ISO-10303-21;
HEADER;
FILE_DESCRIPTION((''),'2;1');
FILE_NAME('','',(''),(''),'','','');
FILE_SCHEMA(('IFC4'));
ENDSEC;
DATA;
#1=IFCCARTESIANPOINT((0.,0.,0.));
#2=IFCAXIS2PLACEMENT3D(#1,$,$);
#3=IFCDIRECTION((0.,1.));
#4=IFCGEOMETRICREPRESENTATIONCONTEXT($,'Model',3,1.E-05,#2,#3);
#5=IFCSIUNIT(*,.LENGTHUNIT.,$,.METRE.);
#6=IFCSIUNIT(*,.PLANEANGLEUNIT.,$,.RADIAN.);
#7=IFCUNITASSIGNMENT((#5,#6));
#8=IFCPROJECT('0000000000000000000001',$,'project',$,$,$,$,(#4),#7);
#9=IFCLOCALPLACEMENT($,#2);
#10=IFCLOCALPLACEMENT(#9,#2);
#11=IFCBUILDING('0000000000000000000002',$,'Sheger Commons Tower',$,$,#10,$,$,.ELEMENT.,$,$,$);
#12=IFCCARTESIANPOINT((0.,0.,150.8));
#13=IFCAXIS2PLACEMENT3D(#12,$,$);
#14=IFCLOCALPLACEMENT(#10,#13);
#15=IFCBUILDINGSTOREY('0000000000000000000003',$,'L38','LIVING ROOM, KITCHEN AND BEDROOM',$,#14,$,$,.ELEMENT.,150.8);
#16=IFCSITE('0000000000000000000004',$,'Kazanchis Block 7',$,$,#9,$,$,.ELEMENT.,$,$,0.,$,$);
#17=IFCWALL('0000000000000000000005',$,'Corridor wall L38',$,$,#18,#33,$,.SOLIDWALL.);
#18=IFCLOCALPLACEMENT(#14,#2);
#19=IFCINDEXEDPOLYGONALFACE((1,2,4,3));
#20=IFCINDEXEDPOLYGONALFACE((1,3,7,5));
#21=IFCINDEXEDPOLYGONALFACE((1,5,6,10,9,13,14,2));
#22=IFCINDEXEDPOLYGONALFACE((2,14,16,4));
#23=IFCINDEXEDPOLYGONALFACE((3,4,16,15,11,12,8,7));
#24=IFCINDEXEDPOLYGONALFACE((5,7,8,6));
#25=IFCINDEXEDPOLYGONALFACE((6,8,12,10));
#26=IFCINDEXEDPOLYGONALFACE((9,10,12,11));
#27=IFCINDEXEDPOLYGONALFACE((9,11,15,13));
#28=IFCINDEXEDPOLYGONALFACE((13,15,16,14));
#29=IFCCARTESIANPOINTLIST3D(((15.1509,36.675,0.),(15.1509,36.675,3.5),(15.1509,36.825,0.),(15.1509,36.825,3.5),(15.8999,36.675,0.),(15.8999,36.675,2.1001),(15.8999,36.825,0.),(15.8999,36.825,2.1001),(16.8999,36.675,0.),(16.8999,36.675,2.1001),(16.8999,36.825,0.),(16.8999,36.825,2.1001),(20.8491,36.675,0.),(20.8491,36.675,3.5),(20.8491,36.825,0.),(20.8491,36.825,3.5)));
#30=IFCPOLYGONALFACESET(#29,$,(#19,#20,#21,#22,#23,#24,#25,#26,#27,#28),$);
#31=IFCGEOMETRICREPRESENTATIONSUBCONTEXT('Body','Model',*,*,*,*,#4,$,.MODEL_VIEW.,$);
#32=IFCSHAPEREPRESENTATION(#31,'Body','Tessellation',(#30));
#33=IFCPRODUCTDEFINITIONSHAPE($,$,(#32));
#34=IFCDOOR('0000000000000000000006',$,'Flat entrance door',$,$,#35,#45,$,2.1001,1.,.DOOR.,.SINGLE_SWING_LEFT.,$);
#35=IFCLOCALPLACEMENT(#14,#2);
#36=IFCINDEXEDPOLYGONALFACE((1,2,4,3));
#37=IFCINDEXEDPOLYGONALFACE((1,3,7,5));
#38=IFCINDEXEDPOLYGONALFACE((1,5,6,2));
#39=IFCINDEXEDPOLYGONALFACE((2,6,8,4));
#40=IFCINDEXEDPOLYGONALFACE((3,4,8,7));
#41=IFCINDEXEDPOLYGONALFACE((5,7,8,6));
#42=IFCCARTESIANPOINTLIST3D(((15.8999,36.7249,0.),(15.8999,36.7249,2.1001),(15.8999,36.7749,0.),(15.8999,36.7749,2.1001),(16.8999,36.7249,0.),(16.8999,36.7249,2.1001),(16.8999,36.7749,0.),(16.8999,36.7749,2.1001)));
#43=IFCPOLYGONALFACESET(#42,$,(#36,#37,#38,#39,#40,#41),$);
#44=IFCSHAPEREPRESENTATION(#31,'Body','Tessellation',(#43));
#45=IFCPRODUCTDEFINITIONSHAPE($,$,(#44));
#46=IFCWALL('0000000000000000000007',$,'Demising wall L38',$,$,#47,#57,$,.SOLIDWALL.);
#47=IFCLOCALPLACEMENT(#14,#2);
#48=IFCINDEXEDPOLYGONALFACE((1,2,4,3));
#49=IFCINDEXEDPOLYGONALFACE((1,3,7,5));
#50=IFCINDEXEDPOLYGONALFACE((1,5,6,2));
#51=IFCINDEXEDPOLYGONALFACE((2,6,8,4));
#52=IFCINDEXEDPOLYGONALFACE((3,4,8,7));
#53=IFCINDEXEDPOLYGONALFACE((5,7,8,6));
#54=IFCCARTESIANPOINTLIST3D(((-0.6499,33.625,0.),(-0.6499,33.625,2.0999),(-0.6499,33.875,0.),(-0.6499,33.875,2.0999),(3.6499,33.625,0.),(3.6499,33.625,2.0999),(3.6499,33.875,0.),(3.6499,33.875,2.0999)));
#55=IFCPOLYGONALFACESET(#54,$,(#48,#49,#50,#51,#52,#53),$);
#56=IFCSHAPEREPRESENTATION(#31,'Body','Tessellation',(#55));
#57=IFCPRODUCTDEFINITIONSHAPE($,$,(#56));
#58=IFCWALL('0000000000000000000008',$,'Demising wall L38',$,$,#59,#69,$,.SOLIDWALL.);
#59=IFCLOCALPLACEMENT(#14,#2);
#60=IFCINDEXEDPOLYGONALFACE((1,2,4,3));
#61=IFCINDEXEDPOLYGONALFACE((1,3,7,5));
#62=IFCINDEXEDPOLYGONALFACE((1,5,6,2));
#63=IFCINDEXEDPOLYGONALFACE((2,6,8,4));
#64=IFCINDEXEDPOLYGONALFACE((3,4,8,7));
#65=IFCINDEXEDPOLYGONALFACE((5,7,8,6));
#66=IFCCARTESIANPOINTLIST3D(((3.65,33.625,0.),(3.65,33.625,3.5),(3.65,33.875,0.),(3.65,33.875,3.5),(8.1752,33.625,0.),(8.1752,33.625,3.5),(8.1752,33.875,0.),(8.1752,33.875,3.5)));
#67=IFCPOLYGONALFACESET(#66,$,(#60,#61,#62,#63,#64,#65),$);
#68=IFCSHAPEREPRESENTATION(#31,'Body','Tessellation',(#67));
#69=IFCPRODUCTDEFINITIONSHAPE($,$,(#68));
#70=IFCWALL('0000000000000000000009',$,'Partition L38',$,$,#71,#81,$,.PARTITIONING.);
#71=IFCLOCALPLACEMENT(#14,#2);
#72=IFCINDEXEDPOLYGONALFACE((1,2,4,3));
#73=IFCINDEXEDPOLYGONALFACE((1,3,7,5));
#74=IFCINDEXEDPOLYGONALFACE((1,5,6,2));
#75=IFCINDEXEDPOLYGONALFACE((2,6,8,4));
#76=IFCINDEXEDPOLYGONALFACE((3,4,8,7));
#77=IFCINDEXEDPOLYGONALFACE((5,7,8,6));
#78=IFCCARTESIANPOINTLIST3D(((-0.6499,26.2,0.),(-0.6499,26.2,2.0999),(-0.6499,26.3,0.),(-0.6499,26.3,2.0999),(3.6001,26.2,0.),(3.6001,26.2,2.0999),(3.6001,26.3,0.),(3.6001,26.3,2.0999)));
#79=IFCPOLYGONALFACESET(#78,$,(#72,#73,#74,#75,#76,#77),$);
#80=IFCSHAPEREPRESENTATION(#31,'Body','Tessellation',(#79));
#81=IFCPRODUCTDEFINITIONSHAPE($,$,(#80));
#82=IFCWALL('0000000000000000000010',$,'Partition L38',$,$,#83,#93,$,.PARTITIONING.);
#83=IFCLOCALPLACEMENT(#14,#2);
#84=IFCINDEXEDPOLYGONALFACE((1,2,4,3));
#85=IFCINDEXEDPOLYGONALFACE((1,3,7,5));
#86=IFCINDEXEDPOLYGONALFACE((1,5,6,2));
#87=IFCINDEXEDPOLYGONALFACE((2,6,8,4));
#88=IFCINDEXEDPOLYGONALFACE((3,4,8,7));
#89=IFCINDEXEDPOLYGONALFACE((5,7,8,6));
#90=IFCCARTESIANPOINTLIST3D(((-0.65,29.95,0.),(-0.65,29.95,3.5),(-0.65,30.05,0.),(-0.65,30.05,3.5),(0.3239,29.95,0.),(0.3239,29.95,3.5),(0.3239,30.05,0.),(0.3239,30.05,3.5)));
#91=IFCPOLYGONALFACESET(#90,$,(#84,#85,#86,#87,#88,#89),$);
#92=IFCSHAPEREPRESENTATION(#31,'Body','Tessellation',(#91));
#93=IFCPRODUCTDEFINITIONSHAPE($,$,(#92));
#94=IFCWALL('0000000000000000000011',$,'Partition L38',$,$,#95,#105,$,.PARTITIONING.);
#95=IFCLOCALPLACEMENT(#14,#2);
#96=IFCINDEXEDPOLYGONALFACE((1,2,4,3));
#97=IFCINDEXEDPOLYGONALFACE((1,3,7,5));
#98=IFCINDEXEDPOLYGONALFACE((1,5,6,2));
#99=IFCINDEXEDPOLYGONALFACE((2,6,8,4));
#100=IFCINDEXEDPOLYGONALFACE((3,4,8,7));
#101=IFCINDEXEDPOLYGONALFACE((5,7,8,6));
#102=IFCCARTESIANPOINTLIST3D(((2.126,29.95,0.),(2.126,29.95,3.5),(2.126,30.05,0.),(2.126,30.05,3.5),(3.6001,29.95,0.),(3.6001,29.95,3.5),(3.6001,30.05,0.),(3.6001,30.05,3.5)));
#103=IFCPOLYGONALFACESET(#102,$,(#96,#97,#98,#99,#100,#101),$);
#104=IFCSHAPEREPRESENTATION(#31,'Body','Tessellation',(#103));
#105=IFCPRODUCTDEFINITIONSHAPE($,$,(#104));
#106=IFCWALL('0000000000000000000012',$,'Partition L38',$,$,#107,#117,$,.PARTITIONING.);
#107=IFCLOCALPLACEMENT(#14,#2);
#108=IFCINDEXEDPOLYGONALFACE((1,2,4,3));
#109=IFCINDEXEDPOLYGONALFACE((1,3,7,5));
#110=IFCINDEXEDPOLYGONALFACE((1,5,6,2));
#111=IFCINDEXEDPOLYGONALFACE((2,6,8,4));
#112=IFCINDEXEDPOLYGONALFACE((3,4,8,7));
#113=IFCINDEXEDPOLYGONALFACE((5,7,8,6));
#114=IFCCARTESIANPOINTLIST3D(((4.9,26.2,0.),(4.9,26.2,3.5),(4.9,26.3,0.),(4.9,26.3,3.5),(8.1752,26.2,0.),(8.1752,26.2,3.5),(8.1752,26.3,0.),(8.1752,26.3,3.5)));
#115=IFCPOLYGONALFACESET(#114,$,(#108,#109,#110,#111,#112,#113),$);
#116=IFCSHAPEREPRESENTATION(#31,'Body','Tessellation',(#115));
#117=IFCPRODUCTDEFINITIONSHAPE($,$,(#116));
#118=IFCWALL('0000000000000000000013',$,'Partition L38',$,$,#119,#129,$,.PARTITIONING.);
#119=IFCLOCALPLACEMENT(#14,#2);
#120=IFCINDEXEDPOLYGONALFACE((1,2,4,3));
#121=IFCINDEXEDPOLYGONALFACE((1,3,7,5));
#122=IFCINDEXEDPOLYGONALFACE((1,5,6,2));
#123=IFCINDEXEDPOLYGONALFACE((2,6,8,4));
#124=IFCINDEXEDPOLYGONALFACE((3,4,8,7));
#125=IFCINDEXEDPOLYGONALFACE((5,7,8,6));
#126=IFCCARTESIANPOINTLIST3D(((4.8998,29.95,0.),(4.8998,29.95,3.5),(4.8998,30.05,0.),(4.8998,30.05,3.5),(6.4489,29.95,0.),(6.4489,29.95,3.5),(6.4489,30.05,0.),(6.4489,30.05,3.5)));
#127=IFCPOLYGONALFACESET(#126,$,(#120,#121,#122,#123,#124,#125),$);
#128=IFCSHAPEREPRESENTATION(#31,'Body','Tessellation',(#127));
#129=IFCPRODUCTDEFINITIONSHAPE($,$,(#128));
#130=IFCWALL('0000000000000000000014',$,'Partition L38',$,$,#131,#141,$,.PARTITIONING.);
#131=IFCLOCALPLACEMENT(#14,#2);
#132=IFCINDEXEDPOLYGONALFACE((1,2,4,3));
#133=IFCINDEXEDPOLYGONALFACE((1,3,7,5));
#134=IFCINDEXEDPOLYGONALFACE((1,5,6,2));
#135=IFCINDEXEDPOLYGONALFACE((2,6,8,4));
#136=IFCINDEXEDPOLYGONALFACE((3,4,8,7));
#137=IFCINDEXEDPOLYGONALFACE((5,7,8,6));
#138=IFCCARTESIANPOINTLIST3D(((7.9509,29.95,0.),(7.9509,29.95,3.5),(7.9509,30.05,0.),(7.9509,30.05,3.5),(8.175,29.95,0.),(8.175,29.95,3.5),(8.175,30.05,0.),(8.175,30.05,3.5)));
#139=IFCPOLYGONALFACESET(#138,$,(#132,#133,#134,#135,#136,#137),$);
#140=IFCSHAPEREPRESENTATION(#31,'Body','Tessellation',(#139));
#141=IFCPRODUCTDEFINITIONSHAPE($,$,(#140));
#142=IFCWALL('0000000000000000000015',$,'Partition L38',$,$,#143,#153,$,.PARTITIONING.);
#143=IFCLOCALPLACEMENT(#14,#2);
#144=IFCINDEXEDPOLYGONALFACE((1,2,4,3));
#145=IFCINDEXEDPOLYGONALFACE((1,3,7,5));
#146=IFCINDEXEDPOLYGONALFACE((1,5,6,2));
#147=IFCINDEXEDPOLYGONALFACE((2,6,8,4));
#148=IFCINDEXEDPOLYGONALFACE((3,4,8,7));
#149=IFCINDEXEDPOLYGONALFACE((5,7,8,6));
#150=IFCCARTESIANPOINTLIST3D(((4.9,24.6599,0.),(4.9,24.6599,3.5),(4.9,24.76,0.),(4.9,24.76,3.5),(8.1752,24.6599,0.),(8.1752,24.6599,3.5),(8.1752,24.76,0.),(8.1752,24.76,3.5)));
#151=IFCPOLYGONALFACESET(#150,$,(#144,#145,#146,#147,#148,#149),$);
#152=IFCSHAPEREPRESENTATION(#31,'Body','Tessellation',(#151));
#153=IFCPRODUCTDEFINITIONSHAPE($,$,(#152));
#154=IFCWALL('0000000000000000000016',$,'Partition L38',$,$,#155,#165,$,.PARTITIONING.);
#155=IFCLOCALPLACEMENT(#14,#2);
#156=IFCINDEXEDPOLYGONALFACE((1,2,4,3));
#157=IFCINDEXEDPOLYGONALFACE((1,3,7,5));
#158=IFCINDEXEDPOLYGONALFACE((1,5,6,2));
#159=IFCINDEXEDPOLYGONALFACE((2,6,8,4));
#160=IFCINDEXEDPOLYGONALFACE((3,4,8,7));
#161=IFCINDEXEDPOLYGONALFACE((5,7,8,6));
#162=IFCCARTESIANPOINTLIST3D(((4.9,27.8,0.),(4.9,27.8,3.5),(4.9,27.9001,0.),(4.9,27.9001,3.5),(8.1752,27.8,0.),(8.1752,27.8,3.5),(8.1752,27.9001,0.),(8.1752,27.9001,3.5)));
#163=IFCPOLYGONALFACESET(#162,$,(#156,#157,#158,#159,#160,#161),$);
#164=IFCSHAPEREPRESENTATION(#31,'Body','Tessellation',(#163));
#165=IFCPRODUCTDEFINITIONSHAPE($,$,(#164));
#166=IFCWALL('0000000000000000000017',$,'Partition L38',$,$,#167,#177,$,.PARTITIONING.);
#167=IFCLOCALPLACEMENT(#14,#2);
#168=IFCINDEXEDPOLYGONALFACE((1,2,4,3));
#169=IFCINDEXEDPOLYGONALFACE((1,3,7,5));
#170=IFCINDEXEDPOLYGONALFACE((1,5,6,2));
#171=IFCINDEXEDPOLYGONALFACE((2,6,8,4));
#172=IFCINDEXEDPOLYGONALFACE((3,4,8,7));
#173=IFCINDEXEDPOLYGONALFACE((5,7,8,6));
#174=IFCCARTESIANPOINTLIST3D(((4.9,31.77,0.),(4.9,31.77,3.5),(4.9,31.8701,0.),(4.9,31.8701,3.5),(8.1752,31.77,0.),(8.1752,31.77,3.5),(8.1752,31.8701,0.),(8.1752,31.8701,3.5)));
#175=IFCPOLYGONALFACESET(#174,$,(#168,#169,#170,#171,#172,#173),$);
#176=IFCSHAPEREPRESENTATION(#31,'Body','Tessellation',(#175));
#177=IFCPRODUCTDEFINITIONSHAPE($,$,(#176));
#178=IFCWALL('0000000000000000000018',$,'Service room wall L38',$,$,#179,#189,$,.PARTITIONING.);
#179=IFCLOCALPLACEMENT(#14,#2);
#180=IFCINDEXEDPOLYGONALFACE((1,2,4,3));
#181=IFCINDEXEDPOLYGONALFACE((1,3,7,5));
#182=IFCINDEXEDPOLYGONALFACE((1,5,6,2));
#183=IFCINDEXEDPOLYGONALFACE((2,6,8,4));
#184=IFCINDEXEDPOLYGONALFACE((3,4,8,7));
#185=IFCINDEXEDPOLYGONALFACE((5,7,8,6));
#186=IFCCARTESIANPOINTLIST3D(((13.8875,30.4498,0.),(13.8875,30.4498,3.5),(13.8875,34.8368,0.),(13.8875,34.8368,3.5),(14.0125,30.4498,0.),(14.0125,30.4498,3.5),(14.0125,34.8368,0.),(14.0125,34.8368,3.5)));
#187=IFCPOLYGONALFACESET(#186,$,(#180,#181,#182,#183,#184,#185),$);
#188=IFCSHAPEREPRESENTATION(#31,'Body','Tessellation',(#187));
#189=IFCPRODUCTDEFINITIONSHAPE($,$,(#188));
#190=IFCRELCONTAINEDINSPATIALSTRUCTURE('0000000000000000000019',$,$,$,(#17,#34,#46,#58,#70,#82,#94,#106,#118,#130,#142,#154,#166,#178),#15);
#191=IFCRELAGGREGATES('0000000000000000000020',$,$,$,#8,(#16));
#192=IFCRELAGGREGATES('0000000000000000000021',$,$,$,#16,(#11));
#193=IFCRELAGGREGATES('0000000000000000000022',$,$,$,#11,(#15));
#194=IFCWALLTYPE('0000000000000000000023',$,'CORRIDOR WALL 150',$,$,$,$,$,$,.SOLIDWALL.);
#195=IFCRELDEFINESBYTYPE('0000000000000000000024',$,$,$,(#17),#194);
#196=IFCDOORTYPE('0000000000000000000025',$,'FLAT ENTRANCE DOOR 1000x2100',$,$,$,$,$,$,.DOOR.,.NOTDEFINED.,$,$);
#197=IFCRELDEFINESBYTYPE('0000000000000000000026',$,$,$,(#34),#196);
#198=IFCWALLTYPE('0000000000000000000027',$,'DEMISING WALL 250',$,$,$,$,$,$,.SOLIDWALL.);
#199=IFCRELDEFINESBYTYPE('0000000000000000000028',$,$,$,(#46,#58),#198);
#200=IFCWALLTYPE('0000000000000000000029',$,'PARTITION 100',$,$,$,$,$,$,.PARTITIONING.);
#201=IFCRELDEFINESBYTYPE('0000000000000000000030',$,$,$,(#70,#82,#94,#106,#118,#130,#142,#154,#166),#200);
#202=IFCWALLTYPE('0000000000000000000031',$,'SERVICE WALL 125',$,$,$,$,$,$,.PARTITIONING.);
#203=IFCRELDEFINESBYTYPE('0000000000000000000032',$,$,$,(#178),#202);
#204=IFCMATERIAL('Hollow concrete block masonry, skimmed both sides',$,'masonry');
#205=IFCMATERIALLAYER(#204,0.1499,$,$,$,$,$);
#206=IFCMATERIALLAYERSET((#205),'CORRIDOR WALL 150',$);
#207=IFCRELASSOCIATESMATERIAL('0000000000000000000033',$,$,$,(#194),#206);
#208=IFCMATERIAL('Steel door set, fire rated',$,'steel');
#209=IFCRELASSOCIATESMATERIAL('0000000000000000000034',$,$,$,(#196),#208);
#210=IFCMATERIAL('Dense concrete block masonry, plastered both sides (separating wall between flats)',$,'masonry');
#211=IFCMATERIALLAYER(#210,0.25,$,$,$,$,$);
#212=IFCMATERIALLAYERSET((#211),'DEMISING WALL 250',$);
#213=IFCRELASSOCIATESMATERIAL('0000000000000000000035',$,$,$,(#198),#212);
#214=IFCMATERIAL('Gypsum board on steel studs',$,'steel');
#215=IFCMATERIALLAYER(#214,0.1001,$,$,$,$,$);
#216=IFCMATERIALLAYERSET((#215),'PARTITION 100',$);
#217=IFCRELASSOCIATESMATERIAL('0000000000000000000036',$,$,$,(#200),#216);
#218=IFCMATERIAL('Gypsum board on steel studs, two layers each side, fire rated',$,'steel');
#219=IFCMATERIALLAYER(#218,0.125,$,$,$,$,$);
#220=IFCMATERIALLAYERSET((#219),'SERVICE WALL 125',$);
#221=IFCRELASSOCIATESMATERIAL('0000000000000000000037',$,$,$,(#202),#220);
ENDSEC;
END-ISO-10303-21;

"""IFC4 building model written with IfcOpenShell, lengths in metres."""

from ifc_helpers import new_model, si_unit, direction, frame, frame_2d, origin, place, context, subcontext, project, spatial, rectangle, extrude, material, layer, layer_set, type_object, element, fill, save


model = new_model("IFC4")

# Units and contexts
model_context = context("Model", 3, precision=1e-05, world=origin(), true_north=direction((0.0, 1.0)))
body_context = subcontext(model_context, "Body", "Model", "MODEL_VIEW")
ifc_project = project(units=[si_unit("LENGTHUNIT", "METRE"), si_unit("PLANEANGLEUNIT", "RADIAN")], contexts=[model_context])

# Site, building, storey
site_placement = place(None, origin())
site = spatial("IfcSite", under=ifc_project, at=site_placement, Name="Kazanchis Block 7", CompositionType="ELEMENT", RefElevation=0.0)
building_placement = place(site_placement, origin())
building = spatial("IfcBuilding", under=site, at=building_placement, Name="Sheger Commons Tower", CompositionType="ELEMENT")
storey_placement = place(building_placement, frame((0.0, 0.0, 150.8)))
storey = spatial("IfcBuildingStorey", under=building, at=storey_placement, Name="L38", Description="LIVING ROOM, KITCHEN AND BEDROOM", CompositionType="ELEMENT", Elevation=150.8)

# Wall, opening, door
ifc_material_1 = material(Name="Hollow concrete block masonry, skimmed both sides", Category="masonry")
ifc_layer_1 = layer(ifc_material_1, 0.1499)
ifc_layer_set_1 = layer_set([ifc_layer_1], Name="CORRIDOR WALL 150")
wall_type_1 = type_object("IfcWallType", Name="CORRIDOR WALL 150", PredefinedType="SOLIDWALL", material=ifc_layer_set_1)
ifc_material_2 = material(Name="Steel door set, fire rated", Category="steel")
door_type_1 = type_object("IfcDoorType", Name="FLAT ENTRANCE DOOR 1000x2100", OperationType="NOTDEFINED", PredefinedType="DOOR", material=ifc_material_2)
wall_1_placement = place(storey_placement, frame((15.1509, 36.75, 0.0), z_axis=(0.0, 0.0, 1.0), x_axis=(1.0, 0.0, 0.0)))
wall_1 = element("IfcWall", 1, at=wall_1_placement, inside=storey, type_object=wall_type_1, Name="Corridor wall L38", PredefinedType="SOLIDWALL", context=body_context, shape_type="SweptSolid", body=[
    extrude(rectangle(XDim=5.6982, YDim=0.1499, at=frame_2d((2.8491, 0.0))), origin(), (0.0, 0.0, 1.0), 3.5),
])
opening_1_placement = place(wall_1_placement, frame((0.749, 0.0, 0.0)))
opening_1 = element("IfcOpeningElement", 2, at=opening_1_placement, cuts=wall_1, PredefinedType="OPENING", context=body_context, shape_type="SweptSolid", body=[
    extrude(rectangle(XDim=1.0, YDim=2.1001, at=frame_2d((0.5, 1.05))), frame((0.0, 0.085, 0.0), z_axis=(0.0, -1.0, 0.0), x_axis=(1.0, 0.0, 0.0)), (0.0, 0.0, 1.0), 0.1699),
])
door_1_placement = place(opening_1_placement, origin())
door_1 = element("IfcDoor", 3, at=door_1_placement, inside=storey, type_object=door_type_1, Name="Flat entrance door", OperationType="SINGLE_SWING_LEFT", OverallHeight=2.1001, OverallWidth=1.0, PredefinedType="DOOR", context=body_context, shape_type="SweptSolid", body=[
    extrude(rectangle(XDim=1.0, YDim=2.1001, at=frame_2d((0.5, 1.05))), frame((0.0, 0.0249, 0.0), z_axis=(0.0, -1.0, 0.0), x_axis=(1.0, 0.0, 0.0)), (0.0, 0.0, 1.0), 0.05),
])
fill(opening_1, door_1)

# Walls
ifc_material_3 = material(Name="Dense concrete block masonry, plastered both sides (separating wall between flats)", Category="masonry")
ifc_layer_2 = layer(ifc_material_3, 0.25)
ifc_layer_set_2 = layer_set([ifc_layer_2], Name="DEMISING WALL 250")
wall_type_2 = type_object("IfcWallType", Name="DEMISING WALL 250", PredefinedType="SOLIDWALL", material=ifc_layer_set_2)
wall_2_placement = place(storey_placement, frame((-0.6499, 33.75, 0.0), z_axis=(0.0, 0.0, 1.0), x_axis=(1.0, 0.0, 0.0)))
element("IfcWall", 4, at=wall_2_placement, inside=storey, type_object=wall_type_2, Name="Demising wall L38", PredefinedType="SOLIDWALL", context=body_context, shape_type="SweptSolid", body=[
    extrude(rectangle(XDim=4.2998, YDim=0.25, at=frame_2d((2.1499, 0.0))), origin(), (0.0, 0.0, 1.0), 2.0999),
])
wall_3_placement = place(storey_placement, frame((3.6499, 33.75, 0.0), z_axis=(0.0, 0.0, 1.0), x_axis=(1.0, 0.0, 0.0)))
element("IfcWall", 5, at=wall_3_placement, inside=storey, type_object=wall_type_2, Name="Demising wall L38", PredefinedType="SOLIDWALL", context=body_context, shape_type="SweptSolid", body=[
    extrude(rectangle(XDim=4.5251, YDim=0.25, at=frame_2d((2.2627, 0.0))), origin(), (0.0, 0.0, 1.0), 3.5),
])
ifc_material_4 = material(Name="Gypsum board on steel studs", Category="steel")
ifc_layer_3 = layer(ifc_material_4, 0.1001)
ifc_layer_set_3 = layer_set([ifc_layer_3], Name="PARTITION 100")
wall_type_3 = type_object("IfcWallType", Name="PARTITION 100", PredefinedType="PARTITIONING", material=ifc_layer_set_3)
wall_4_placement = place(storey_placement, frame((-0.6499, 26.25, 0.0), z_axis=(0.0, 0.0, 1.0), x_axis=(1.0, 0.0, 0.0)))
element("IfcWall", 6, at=wall_4_placement, inside=storey, type_object=wall_type_3, Name="Partition L38", PredefinedType="PARTITIONING", context=body_context, shape_type="SweptSolid", body=[
    extrude(rectangle(XDim=4.25, YDim=0.1001, at=frame_2d((2.125, 0.0))), origin(), (0.0, 0.0, 1.0), 2.0999),
])
wall_5_placement = place(storey_placement, frame((-0.6499, 30.0, 0.0), z_axis=(0.0, 0.0, 1.0), x_axis=(1.0, 0.0, 0.0)))
element("IfcWall", 7, at=wall_5_placement, inside=storey, type_object=wall_type_3, Name="Partition L38", PredefinedType="PARTITIONING", context=body_context, shape_type="SweptSolid", body=[
    extrude(rectangle(XDim=0.9739, YDim=0.1001, at=frame_2d((0.4868, 0.0))), origin(), (0.0, 0.0, 1.0), 3.5),
])
wall_6_placement = place(storey_placement, frame((2.126, 30.0, 0.0), z_axis=(0.0, 0.0, 1.0), x_axis=(1.0, 0.0, 0.0)))
element("IfcWall", 8, at=wall_6_placement, inside=storey, type_object=wall_type_3, Name="Partition L38", PredefinedType="PARTITIONING", context=body_context, shape_type="SweptSolid", body=[
    extrude(rectangle(XDim=1.4741, YDim=0.1001, at=frame_2d((0.7371, 0.0))), origin(), (0.0, 0.0, 1.0), 3.5),
])
wall_7_placement = place(storey_placement, frame((4.8999, 26.25, 0.0), z_axis=(0.0, 0.0, 1.0), x_axis=(1.0, 0.0, 0.0)))
element("IfcWall", 9, at=wall_7_placement, inside=storey, type_object=wall_type_3, Name="Partition L38", PredefinedType="PARTITIONING", context=body_context, shape_type="SweptSolid", body=[
    extrude(rectangle(XDim=3.2751, YDim=0.1001, at=frame_2d((1.6377, 0.0))), origin(), (0.0, 0.0, 1.0), 3.5),
])
wall_8_placement = place(storey_placement, frame((4.8999, 30.0, 0.0), z_axis=(0.0, 0.0, 1.0), x_axis=(1.0, 0.0, 0.0)))
element("IfcWall", 10, at=wall_8_placement, inside=storey, type_object=wall_type_3, Name="Partition L38", PredefinedType="PARTITIONING", context=body_context, shape_type="SweptSolid", body=[
    extrude(rectangle(XDim=1.5491, YDim=0.1001, at=frame_2d((0.7744, 0.0))), origin(), (0.0, 0.0, 1.0), 3.5),
])
wall_9_placement = place(storey_placement, frame((7.9509, 30.0, 0.0), z_axis=(0.0, 0.0, 1.0), x_axis=(1.0, 0.0, 0.0)))
element("IfcWall", 11, at=wall_9_placement, inside=storey, type_object=wall_type_3, Name="Partition L38", PredefinedType="PARTITIONING", context=body_context, shape_type="SweptSolid", body=[
    extrude(rectangle(XDim=0.2241, YDim=0.1001, at=frame_2d((0.1121, 0.0))), origin(), (0.0, 0.0, 1.0), 3.5),
])
for number, where, z_axis, x_axis, name in (
    (12, (4.8999, 24.71, 0.0), (0.0, 0.0, 1.0), (1.0, 0.0, 0.0), "Partition L38"),
    (13, (4.8999, 27.8501, 0.0), (0.0, 0.0, 1.0), (1.0, 0.0, 0.0), "Partition L38"),
    (14, (4.8999, 31.8201, 0.0), (0.0, 0.0, 1.0), (1.0, 0.0, 0.0), "Partition L38"),
):
    element("IfcWall", number, at=place(storey_placement, frame(where, z_axis=z_axis, x_axis=x_axis)), inside=storey, type_object=wall_type_3, Name=name, PredefinedType="PARTITIONING", context=body_context, shape_type="SweptSolid", body=[
        extrude(rectangle(XDim=3.2751, YDim=0.1001, at=frame_2d((1.6377, 0.0))), origin(), (0.0, 0.0, 1.0), 3.5),
    ])
ifc_material_5 = material(Name="Gypsum board on steel studs, two layers each side, fire rated", Category="steel")
ifc_layer_4 = layer(ifc_material_5, 0.125)
ifc_layer_set_4 = layer_set([ifc_layer_4], Name="SERVICE WALL 125")
wall_type_4 = type_object("IfcWallType", Name="SERVICE WALL 125", PredefinedType="PARTITIONING", material=ifc_layer_set_4)
wall_10_placement = place(storey_placement, frame((13.95, 30.45, 0.0), z_axis=(0.0, 0.0, 1.0), x_axis=(0.0, 1.0, 0.0)))
element("IfcWall", 15, at=wall_10_placement, inside=storey, type_object=wall_type_4, Name="Service room wall L38", PredefinedType="PARTITIONING", context=body_context, shape_type="SweptSolid", body=[
    extrude(rectangle(XDim=4.387, YDim=0.125, at=frame_2d((2.1934, 0.0))), origin(), (0.0, 0.0, 1.0), 3.5),
])

save(model, "model.ifc")
